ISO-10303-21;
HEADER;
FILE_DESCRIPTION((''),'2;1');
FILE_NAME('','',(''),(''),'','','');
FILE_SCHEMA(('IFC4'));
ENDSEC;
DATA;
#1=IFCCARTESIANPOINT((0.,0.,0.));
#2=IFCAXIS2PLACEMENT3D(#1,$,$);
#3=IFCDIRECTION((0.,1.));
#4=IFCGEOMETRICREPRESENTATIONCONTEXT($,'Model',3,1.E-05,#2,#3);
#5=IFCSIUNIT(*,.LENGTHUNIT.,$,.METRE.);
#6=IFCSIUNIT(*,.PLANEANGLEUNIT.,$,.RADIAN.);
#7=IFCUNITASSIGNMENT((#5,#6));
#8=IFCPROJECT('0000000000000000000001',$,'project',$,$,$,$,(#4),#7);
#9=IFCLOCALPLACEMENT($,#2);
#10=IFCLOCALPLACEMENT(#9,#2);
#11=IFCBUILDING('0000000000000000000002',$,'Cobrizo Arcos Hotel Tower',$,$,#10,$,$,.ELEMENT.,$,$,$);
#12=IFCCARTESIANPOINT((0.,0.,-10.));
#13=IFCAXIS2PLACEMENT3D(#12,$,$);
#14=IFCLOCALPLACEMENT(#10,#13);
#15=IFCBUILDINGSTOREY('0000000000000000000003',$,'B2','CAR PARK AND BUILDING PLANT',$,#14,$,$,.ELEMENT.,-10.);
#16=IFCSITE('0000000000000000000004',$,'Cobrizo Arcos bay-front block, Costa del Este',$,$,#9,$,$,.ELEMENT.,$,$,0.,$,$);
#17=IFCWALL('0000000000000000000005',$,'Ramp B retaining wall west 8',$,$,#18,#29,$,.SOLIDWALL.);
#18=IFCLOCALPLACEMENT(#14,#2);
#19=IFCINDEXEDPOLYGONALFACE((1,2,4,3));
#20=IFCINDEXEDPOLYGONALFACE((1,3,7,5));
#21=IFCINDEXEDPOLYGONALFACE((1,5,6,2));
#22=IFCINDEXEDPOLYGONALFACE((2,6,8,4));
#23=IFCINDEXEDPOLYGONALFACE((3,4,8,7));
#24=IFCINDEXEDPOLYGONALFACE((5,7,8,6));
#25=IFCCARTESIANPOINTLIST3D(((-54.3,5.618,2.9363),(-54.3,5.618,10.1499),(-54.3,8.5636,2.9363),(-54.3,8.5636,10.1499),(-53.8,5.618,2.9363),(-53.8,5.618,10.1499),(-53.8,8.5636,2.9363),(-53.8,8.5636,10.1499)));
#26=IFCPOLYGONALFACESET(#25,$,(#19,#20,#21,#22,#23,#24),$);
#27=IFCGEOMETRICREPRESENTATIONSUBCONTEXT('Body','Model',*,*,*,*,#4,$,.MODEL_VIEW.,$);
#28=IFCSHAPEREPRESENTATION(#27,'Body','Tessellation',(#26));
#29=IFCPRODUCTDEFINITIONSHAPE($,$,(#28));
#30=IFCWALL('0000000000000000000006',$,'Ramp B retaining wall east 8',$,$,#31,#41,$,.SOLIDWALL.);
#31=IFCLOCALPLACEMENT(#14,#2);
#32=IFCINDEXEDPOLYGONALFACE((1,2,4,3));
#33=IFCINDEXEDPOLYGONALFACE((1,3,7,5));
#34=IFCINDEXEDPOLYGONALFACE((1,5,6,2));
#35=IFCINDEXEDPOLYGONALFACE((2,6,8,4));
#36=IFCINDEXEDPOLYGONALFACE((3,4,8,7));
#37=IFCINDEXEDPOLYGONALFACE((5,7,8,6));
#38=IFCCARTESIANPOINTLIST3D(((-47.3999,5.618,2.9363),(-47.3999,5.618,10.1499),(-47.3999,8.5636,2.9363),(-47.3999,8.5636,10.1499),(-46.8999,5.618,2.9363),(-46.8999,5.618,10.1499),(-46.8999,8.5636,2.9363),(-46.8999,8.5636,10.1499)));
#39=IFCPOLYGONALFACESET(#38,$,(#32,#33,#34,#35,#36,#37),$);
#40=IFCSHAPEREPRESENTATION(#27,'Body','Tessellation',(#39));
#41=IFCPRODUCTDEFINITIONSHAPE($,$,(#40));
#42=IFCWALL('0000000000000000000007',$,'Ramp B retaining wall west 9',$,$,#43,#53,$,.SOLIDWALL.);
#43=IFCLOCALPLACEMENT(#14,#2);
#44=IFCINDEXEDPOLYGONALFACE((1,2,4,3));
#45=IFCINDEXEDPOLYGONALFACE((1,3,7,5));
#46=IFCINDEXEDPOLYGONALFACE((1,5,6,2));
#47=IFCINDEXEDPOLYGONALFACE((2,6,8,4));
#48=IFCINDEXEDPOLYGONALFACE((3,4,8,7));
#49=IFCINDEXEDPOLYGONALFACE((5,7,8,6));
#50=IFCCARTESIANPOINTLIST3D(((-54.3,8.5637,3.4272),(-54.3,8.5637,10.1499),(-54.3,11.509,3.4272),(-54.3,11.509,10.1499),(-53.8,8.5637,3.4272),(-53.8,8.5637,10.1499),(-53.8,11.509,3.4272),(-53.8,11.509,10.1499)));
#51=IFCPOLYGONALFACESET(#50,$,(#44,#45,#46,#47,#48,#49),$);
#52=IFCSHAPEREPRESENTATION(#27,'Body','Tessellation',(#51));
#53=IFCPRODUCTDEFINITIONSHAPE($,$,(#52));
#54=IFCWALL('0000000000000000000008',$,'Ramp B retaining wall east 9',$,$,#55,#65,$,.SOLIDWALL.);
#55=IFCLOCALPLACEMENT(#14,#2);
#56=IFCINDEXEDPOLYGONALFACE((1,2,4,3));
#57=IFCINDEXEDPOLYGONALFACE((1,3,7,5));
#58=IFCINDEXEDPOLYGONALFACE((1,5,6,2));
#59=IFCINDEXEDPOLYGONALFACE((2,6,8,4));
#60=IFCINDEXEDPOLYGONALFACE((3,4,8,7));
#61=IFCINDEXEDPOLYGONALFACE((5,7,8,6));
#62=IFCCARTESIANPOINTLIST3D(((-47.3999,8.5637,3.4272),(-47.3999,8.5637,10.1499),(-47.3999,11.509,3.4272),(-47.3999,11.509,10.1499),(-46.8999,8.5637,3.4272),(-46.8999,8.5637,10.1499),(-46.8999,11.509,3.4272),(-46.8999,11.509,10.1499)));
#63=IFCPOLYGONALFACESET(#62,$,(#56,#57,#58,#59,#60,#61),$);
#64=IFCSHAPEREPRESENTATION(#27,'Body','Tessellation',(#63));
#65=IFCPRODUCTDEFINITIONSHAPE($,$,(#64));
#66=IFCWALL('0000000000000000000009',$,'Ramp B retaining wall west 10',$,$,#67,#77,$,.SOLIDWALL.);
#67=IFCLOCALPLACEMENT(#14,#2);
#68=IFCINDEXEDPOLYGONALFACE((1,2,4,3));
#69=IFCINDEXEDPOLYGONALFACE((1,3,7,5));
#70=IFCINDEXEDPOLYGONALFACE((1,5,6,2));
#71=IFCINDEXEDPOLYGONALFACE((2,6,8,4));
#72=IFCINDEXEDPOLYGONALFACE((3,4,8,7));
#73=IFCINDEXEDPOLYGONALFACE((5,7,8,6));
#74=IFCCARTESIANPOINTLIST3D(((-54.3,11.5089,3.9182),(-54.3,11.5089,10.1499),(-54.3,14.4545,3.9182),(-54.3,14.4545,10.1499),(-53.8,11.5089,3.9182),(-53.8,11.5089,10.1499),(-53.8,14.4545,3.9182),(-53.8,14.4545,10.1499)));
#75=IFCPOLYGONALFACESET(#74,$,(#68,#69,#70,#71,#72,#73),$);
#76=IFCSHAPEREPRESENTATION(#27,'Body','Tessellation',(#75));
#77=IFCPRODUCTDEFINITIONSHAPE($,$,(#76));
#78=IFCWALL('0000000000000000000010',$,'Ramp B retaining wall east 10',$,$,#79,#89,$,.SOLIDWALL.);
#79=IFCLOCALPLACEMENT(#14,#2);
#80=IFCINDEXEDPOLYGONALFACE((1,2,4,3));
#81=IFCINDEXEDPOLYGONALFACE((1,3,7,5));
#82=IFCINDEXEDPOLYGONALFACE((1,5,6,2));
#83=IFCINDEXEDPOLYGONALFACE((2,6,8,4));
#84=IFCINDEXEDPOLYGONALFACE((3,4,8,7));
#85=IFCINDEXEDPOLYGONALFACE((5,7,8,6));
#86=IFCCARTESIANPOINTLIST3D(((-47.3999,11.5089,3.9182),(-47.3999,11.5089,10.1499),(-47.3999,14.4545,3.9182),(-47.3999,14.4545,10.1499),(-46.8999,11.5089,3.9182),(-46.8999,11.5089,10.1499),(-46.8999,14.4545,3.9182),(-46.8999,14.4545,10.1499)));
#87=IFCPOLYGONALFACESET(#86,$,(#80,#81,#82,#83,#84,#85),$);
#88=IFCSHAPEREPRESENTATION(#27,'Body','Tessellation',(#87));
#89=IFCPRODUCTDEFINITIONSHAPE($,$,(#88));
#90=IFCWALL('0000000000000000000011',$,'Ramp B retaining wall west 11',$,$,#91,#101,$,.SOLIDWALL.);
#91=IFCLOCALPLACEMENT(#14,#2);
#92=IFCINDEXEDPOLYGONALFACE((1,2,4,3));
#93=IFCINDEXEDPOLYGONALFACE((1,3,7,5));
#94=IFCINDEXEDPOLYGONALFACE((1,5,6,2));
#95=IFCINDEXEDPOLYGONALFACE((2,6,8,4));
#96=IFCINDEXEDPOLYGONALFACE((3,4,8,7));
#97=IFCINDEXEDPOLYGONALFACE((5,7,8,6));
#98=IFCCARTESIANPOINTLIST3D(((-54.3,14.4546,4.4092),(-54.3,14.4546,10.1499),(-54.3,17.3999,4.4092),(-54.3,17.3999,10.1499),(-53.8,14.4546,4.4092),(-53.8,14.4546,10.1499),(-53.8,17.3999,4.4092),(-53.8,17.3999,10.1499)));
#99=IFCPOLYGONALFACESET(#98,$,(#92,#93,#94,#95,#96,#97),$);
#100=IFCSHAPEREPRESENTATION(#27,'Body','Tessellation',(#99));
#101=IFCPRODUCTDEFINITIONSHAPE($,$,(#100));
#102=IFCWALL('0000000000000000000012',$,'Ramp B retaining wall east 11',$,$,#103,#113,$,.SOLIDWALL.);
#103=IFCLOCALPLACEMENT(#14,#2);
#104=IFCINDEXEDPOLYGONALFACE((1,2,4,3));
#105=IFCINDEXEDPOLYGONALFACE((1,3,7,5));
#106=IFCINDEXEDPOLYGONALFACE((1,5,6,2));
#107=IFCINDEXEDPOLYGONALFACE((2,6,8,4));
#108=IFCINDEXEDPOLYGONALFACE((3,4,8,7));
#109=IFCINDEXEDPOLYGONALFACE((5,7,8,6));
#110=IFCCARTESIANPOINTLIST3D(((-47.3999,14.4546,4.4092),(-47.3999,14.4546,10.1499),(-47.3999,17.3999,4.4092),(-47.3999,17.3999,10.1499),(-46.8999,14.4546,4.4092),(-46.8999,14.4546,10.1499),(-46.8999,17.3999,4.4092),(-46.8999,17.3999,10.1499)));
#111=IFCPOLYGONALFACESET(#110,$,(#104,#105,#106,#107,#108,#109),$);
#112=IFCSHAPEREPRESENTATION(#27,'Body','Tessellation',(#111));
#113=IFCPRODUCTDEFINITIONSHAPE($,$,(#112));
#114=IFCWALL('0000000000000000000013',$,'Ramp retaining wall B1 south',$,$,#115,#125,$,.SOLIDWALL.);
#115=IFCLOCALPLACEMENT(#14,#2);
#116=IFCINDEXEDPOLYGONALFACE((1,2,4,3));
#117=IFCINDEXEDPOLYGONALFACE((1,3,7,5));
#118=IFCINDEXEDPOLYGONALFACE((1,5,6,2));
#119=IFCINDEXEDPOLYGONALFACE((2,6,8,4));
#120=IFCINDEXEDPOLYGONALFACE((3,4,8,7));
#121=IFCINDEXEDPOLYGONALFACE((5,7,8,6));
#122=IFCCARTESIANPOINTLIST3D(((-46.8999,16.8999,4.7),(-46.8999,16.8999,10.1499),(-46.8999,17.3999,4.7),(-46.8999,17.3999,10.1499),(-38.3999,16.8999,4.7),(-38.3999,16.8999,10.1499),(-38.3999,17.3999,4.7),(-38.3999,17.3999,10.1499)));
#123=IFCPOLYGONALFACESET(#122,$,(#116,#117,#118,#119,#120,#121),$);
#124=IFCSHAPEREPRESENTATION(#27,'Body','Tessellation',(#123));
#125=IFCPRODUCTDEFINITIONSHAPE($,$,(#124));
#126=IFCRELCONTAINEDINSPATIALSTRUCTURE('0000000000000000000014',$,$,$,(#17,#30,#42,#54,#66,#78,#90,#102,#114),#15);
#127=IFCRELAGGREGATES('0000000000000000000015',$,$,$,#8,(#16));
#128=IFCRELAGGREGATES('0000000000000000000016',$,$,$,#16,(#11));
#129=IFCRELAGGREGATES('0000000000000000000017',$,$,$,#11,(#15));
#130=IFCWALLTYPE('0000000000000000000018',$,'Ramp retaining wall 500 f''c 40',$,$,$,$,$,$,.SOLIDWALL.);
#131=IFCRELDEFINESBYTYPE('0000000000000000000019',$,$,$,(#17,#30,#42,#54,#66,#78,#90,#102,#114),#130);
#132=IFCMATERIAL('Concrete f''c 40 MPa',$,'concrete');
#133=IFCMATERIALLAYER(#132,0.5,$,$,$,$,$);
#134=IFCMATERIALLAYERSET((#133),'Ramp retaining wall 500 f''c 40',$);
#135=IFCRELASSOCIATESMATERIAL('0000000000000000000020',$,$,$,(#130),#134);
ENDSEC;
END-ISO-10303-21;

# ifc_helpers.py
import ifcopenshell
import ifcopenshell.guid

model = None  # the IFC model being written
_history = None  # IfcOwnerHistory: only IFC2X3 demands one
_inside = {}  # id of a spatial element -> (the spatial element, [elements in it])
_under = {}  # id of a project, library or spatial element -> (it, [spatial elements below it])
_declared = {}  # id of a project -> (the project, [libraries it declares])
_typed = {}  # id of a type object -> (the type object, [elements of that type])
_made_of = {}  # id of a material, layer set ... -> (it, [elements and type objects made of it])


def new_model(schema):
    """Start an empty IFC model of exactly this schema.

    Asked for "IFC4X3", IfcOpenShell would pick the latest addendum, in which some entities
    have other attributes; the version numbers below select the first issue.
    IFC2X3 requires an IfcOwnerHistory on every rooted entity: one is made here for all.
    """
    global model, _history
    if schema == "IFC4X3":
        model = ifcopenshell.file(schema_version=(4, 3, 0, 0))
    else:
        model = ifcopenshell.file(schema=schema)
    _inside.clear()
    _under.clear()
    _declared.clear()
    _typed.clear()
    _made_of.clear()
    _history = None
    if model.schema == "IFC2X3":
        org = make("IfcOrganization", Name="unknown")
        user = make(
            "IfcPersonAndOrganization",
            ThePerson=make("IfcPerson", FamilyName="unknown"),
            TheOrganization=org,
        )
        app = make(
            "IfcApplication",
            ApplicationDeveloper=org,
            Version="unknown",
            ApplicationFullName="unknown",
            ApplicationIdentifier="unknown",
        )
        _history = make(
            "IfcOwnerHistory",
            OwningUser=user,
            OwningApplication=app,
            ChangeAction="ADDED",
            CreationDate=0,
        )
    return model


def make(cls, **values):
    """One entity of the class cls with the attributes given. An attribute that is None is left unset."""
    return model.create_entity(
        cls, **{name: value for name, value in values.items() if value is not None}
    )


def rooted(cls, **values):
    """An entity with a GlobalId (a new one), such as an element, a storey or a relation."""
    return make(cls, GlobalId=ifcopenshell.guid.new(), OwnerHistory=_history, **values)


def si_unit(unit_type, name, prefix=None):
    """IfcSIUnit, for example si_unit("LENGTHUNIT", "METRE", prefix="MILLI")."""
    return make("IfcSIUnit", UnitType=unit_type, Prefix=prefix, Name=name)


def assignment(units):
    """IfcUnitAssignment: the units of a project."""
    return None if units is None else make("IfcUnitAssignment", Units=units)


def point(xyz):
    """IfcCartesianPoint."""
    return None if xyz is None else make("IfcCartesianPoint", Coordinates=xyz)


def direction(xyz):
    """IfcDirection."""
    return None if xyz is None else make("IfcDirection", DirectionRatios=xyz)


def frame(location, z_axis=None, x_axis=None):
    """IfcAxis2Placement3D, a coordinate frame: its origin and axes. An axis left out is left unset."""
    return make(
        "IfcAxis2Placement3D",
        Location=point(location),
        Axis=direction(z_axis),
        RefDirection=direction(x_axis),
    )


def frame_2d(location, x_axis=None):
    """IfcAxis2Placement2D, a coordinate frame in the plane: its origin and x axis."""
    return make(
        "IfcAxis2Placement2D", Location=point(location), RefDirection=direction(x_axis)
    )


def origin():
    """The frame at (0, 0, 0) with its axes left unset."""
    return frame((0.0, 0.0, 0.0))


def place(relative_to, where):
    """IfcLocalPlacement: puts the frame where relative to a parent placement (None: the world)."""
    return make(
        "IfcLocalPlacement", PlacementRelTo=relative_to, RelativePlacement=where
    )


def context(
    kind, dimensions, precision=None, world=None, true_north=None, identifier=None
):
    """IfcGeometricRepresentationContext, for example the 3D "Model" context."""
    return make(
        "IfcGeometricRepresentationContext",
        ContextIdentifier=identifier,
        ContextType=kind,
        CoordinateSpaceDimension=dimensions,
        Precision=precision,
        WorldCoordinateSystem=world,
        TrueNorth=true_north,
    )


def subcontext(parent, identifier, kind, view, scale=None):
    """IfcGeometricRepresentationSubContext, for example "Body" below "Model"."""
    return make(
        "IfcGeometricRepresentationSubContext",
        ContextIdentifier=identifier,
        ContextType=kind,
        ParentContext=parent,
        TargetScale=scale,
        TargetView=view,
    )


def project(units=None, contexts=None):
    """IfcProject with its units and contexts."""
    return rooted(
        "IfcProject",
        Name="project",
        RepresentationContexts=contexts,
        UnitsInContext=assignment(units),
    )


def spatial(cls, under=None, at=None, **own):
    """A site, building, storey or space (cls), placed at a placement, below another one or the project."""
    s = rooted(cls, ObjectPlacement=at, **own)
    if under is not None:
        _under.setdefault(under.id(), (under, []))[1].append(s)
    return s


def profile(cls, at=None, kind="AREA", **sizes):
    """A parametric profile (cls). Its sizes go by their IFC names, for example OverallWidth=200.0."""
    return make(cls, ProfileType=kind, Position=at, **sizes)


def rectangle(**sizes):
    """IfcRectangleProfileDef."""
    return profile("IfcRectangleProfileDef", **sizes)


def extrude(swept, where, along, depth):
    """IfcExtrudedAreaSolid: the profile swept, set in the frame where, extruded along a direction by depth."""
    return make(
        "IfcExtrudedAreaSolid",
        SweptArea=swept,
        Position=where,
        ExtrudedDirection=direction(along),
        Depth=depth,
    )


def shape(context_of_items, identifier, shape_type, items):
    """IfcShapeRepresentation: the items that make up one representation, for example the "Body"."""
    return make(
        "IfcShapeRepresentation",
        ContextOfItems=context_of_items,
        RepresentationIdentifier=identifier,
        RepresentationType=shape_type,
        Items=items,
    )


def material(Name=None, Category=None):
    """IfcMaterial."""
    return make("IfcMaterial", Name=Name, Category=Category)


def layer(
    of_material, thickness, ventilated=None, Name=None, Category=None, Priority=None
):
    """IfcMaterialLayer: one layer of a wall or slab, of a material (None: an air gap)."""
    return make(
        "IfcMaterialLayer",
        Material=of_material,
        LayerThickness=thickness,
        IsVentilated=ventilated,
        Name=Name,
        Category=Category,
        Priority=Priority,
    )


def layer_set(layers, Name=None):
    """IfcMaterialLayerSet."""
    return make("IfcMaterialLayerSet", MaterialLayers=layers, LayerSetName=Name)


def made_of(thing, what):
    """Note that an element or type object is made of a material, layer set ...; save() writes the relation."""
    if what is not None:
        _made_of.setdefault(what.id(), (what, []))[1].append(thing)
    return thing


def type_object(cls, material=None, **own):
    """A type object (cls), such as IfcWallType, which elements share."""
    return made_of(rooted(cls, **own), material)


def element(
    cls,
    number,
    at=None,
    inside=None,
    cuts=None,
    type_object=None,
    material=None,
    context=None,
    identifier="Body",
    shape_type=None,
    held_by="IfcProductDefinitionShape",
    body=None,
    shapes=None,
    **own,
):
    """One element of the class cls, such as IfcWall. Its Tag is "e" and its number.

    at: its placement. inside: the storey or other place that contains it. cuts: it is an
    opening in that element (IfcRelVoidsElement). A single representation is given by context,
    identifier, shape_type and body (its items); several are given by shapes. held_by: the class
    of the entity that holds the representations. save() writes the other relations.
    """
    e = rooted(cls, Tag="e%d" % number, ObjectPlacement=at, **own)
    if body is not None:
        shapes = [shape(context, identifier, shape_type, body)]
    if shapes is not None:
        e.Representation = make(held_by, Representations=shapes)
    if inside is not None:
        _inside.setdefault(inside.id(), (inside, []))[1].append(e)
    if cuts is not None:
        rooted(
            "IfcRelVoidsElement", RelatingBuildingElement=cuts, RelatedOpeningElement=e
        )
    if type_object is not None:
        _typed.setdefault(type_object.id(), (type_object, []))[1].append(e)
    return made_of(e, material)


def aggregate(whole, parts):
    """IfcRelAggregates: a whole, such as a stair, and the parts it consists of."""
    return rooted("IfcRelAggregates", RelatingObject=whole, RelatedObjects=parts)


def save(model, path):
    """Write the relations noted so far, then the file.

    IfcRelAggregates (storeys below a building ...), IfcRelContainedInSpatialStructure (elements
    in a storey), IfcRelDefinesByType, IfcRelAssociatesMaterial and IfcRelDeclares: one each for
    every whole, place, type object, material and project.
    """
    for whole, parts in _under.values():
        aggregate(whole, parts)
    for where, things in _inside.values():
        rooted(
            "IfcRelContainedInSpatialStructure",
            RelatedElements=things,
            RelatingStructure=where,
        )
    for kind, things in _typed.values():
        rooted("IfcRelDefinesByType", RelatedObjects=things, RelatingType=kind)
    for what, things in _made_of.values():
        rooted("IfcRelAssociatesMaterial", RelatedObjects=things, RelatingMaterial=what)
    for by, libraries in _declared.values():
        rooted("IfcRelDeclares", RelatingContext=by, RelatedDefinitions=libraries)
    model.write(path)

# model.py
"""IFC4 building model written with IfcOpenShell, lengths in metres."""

from ifc_helpers import new_model, si_unit, direction, frame, frame_2d, origin, place, context, subcontext, project, spatial, rectangle, extrude, material, layer, layer_set, type_object, element, save


model = new_model("IFC4")

# Units and contexts
model_context = context("Model", 3, precision=1e-05, world=origin(), true_north=direction((0.0, 1.0)))
body_context = subcontext(model_context, "Body", "Model", "MODEL_VIEW")
ifc_project = project(units=[si_unit("LENGTHUNIT", "METRE"), si_unit("PLANEANGLEUNIT", "RADIAN")], contexts=[model_context])

# Site, building, storey
site_placement = place(None, origin())
site = spatial("IfcSite", under=ifc_project, at=site_placement, Name="Cobrizo Arcos bay-front block, Costa del Este", CompositionType="ELEMENT", RefElevation=0.0)
building_placement = place(site_placement, origin())
building = spatial("IfcBuilding", under=site, at=building_placement, Name="Cobrizo Arcos Hotel Tower", CompositionType="ELEMENT")
storey_placement = place(building_placement, frame((0.0, 0.0, -10.0)))
storey = spatial("IfcBuildingStorey", under=building, at=storey_placement, Name="B2", Description="CAR PARK AND BUILDING PLANT", CompositionType="ELEMENT", Elevation=-10.0)

# Shared definitions
ifc_material_1 = material(Name="Concrete f'c 40 MPa", Category="concrete")

# Walls
ifc_layer_1 = layer(ifc_material_1, 0.5)
ifc_layer_set_1 = layer_set([ifc_layer_1], Name="Ramp retaining wall 500 f'c 40")
wall_type_1 = type_object("IfcWallType", Name="Ramp retaining wall 500 f'c 40", PredefinedType="SOLIDWALL", material=ifc_layer_set_1)
for number, where, z_axis, x_axis, name in (
    (1, (-54.05, 5.6182, 2.9363), (0.0, 0.0, 1.0), (0.0, 1.0, 0.0), "Ramp B retaining wall west 8"),
    (2, (-47.1499, 5.6182, 2.9363), (0.0, 0.0, 1.0), (0.0, 1.0, 0.0), "Ramp B retaining wall east 8"),
):
    element("IfcWall", number, at=place(storey_placement, frame(where, z_axis=z_axis, x_axis=x_axis)), inside=storey, type_object=wall_type_1, Name=name, PredefinedType="SOLIDWALL", context=body_context, shape_type="SweptSolid", body=[
        extrude(rectangle(XDim=2.9456, YDim=0.5, at=frame_2d((1.4727, 0.0))), origin(), (0.0, 0.0, 1.0), 7.2136),
    ])
for number, where, z_axis, x_axis, name in (
    (3, (-54.05, 8.5637, 3.4272), (0.0, 0.0, 1.0), (0.0, 1.0, 0.0), "Ramp B retaining wall west 9"),
    (4, (-47.1499, 8.5637, 3.4272), (0.0, 0.0, 1.0), (0.0, 1.0, 0.0), "Ramp B retaining wall east 9"),
):
    element("IfcWall", number, at=place(storey_placement, frame(where, z_axis=z_axis, x_axis=x_axis)), inside=storey, type_object=wall_type_1, Name=name, PredefinedType="SOLIDWALL", context=body_context, shape_type="SweptSolid", body=[
        extrude(rectangle(XDim=2.9453, YDim=0.5, at=frame_2d((1.4727, 0.0))), origin(), (0.0, 0.0, 1.0), 6.7227),
    ])
for number, where, z_axis, x_axis, name in (
    (5, (-54.05, 11.509, 3.9182), (0.0, 0.0, 1.0), (0.0, 1.0, 0.0), "Ramp B retaining wall west 10"),
    (6, (-47.1499, 11.509, 3.9182), (0.0, 0.0, 1.0), (0.0, 1.0, 0.0), "Ramp B retaining wall east 10"),
):
    element("IfcWall", number, at=place(storey_placement, frame(where, z_axis=z_axis, x_axis=x_axis)), inside=storey, type_object=wall_type_1, Name=name, PredefinedType="SOLIDWALL", context=body_context, shape_type="SweptSolid", body=[
        extrude(rectangle(XDim=2.9456, YDim=0.5, at=frame_2d((1.4727, 0.0))), origin(), (0.0, 0.0, 1.0), 6.2317),
    ])
for number, where, z_axis, x_axis, name in (
    (7, (-54.05, 14.4546, 4.4092), (0.0, 0.0, 1.0), (0.0, 1.0, 0.0), "Ramp B retaining wall west 11"),
    (8, (-47.1499, 14.4546, 4.4092), (0.0, 0.0, 1.0), (0.0, 1.0, 0.0), "Ramp B retaining wall east 11"),
):
    element("IfcWall", number, at=place(storey_placement, frame(where, z_axis=z_axis, x_axis=x_axis)), inside=storey, type_object=wall_type_1, Name=name, PredefinedType="SOLIDWALL", context=body_context, shape_type="SweptSolid", body=[
        extrude(rectangle(XDim=2.9453, YDim=0.5, at=frame_2d((1.4727, 0.0))), origin(), (0.0, 0.0, 1.0), 5.7407),
    ])
wall_1_placement = place(storey_placement, frame((-46.8999, 17.1499, 4.7), z_axis=(0.0, 0.0, 1.0), x_axis=(1.0, 0.0, 0.0)))
element("IfcWall", 9, at=wall_1_placement, inside=storey, type_object=wall_type_1, Name="Ramp retaining wall B1 south", PredefinedType="SOLIDWALL", context=body_context, shape_type="SweptSolid", body=[
    extrude(rectangle(XDim=8.5, YDim=0.5, at=frame_2d((4.25, 0.0))), origin(), (0.0, 0.0, 1.0), 5.45),
])

save(model, "model.ifc")
